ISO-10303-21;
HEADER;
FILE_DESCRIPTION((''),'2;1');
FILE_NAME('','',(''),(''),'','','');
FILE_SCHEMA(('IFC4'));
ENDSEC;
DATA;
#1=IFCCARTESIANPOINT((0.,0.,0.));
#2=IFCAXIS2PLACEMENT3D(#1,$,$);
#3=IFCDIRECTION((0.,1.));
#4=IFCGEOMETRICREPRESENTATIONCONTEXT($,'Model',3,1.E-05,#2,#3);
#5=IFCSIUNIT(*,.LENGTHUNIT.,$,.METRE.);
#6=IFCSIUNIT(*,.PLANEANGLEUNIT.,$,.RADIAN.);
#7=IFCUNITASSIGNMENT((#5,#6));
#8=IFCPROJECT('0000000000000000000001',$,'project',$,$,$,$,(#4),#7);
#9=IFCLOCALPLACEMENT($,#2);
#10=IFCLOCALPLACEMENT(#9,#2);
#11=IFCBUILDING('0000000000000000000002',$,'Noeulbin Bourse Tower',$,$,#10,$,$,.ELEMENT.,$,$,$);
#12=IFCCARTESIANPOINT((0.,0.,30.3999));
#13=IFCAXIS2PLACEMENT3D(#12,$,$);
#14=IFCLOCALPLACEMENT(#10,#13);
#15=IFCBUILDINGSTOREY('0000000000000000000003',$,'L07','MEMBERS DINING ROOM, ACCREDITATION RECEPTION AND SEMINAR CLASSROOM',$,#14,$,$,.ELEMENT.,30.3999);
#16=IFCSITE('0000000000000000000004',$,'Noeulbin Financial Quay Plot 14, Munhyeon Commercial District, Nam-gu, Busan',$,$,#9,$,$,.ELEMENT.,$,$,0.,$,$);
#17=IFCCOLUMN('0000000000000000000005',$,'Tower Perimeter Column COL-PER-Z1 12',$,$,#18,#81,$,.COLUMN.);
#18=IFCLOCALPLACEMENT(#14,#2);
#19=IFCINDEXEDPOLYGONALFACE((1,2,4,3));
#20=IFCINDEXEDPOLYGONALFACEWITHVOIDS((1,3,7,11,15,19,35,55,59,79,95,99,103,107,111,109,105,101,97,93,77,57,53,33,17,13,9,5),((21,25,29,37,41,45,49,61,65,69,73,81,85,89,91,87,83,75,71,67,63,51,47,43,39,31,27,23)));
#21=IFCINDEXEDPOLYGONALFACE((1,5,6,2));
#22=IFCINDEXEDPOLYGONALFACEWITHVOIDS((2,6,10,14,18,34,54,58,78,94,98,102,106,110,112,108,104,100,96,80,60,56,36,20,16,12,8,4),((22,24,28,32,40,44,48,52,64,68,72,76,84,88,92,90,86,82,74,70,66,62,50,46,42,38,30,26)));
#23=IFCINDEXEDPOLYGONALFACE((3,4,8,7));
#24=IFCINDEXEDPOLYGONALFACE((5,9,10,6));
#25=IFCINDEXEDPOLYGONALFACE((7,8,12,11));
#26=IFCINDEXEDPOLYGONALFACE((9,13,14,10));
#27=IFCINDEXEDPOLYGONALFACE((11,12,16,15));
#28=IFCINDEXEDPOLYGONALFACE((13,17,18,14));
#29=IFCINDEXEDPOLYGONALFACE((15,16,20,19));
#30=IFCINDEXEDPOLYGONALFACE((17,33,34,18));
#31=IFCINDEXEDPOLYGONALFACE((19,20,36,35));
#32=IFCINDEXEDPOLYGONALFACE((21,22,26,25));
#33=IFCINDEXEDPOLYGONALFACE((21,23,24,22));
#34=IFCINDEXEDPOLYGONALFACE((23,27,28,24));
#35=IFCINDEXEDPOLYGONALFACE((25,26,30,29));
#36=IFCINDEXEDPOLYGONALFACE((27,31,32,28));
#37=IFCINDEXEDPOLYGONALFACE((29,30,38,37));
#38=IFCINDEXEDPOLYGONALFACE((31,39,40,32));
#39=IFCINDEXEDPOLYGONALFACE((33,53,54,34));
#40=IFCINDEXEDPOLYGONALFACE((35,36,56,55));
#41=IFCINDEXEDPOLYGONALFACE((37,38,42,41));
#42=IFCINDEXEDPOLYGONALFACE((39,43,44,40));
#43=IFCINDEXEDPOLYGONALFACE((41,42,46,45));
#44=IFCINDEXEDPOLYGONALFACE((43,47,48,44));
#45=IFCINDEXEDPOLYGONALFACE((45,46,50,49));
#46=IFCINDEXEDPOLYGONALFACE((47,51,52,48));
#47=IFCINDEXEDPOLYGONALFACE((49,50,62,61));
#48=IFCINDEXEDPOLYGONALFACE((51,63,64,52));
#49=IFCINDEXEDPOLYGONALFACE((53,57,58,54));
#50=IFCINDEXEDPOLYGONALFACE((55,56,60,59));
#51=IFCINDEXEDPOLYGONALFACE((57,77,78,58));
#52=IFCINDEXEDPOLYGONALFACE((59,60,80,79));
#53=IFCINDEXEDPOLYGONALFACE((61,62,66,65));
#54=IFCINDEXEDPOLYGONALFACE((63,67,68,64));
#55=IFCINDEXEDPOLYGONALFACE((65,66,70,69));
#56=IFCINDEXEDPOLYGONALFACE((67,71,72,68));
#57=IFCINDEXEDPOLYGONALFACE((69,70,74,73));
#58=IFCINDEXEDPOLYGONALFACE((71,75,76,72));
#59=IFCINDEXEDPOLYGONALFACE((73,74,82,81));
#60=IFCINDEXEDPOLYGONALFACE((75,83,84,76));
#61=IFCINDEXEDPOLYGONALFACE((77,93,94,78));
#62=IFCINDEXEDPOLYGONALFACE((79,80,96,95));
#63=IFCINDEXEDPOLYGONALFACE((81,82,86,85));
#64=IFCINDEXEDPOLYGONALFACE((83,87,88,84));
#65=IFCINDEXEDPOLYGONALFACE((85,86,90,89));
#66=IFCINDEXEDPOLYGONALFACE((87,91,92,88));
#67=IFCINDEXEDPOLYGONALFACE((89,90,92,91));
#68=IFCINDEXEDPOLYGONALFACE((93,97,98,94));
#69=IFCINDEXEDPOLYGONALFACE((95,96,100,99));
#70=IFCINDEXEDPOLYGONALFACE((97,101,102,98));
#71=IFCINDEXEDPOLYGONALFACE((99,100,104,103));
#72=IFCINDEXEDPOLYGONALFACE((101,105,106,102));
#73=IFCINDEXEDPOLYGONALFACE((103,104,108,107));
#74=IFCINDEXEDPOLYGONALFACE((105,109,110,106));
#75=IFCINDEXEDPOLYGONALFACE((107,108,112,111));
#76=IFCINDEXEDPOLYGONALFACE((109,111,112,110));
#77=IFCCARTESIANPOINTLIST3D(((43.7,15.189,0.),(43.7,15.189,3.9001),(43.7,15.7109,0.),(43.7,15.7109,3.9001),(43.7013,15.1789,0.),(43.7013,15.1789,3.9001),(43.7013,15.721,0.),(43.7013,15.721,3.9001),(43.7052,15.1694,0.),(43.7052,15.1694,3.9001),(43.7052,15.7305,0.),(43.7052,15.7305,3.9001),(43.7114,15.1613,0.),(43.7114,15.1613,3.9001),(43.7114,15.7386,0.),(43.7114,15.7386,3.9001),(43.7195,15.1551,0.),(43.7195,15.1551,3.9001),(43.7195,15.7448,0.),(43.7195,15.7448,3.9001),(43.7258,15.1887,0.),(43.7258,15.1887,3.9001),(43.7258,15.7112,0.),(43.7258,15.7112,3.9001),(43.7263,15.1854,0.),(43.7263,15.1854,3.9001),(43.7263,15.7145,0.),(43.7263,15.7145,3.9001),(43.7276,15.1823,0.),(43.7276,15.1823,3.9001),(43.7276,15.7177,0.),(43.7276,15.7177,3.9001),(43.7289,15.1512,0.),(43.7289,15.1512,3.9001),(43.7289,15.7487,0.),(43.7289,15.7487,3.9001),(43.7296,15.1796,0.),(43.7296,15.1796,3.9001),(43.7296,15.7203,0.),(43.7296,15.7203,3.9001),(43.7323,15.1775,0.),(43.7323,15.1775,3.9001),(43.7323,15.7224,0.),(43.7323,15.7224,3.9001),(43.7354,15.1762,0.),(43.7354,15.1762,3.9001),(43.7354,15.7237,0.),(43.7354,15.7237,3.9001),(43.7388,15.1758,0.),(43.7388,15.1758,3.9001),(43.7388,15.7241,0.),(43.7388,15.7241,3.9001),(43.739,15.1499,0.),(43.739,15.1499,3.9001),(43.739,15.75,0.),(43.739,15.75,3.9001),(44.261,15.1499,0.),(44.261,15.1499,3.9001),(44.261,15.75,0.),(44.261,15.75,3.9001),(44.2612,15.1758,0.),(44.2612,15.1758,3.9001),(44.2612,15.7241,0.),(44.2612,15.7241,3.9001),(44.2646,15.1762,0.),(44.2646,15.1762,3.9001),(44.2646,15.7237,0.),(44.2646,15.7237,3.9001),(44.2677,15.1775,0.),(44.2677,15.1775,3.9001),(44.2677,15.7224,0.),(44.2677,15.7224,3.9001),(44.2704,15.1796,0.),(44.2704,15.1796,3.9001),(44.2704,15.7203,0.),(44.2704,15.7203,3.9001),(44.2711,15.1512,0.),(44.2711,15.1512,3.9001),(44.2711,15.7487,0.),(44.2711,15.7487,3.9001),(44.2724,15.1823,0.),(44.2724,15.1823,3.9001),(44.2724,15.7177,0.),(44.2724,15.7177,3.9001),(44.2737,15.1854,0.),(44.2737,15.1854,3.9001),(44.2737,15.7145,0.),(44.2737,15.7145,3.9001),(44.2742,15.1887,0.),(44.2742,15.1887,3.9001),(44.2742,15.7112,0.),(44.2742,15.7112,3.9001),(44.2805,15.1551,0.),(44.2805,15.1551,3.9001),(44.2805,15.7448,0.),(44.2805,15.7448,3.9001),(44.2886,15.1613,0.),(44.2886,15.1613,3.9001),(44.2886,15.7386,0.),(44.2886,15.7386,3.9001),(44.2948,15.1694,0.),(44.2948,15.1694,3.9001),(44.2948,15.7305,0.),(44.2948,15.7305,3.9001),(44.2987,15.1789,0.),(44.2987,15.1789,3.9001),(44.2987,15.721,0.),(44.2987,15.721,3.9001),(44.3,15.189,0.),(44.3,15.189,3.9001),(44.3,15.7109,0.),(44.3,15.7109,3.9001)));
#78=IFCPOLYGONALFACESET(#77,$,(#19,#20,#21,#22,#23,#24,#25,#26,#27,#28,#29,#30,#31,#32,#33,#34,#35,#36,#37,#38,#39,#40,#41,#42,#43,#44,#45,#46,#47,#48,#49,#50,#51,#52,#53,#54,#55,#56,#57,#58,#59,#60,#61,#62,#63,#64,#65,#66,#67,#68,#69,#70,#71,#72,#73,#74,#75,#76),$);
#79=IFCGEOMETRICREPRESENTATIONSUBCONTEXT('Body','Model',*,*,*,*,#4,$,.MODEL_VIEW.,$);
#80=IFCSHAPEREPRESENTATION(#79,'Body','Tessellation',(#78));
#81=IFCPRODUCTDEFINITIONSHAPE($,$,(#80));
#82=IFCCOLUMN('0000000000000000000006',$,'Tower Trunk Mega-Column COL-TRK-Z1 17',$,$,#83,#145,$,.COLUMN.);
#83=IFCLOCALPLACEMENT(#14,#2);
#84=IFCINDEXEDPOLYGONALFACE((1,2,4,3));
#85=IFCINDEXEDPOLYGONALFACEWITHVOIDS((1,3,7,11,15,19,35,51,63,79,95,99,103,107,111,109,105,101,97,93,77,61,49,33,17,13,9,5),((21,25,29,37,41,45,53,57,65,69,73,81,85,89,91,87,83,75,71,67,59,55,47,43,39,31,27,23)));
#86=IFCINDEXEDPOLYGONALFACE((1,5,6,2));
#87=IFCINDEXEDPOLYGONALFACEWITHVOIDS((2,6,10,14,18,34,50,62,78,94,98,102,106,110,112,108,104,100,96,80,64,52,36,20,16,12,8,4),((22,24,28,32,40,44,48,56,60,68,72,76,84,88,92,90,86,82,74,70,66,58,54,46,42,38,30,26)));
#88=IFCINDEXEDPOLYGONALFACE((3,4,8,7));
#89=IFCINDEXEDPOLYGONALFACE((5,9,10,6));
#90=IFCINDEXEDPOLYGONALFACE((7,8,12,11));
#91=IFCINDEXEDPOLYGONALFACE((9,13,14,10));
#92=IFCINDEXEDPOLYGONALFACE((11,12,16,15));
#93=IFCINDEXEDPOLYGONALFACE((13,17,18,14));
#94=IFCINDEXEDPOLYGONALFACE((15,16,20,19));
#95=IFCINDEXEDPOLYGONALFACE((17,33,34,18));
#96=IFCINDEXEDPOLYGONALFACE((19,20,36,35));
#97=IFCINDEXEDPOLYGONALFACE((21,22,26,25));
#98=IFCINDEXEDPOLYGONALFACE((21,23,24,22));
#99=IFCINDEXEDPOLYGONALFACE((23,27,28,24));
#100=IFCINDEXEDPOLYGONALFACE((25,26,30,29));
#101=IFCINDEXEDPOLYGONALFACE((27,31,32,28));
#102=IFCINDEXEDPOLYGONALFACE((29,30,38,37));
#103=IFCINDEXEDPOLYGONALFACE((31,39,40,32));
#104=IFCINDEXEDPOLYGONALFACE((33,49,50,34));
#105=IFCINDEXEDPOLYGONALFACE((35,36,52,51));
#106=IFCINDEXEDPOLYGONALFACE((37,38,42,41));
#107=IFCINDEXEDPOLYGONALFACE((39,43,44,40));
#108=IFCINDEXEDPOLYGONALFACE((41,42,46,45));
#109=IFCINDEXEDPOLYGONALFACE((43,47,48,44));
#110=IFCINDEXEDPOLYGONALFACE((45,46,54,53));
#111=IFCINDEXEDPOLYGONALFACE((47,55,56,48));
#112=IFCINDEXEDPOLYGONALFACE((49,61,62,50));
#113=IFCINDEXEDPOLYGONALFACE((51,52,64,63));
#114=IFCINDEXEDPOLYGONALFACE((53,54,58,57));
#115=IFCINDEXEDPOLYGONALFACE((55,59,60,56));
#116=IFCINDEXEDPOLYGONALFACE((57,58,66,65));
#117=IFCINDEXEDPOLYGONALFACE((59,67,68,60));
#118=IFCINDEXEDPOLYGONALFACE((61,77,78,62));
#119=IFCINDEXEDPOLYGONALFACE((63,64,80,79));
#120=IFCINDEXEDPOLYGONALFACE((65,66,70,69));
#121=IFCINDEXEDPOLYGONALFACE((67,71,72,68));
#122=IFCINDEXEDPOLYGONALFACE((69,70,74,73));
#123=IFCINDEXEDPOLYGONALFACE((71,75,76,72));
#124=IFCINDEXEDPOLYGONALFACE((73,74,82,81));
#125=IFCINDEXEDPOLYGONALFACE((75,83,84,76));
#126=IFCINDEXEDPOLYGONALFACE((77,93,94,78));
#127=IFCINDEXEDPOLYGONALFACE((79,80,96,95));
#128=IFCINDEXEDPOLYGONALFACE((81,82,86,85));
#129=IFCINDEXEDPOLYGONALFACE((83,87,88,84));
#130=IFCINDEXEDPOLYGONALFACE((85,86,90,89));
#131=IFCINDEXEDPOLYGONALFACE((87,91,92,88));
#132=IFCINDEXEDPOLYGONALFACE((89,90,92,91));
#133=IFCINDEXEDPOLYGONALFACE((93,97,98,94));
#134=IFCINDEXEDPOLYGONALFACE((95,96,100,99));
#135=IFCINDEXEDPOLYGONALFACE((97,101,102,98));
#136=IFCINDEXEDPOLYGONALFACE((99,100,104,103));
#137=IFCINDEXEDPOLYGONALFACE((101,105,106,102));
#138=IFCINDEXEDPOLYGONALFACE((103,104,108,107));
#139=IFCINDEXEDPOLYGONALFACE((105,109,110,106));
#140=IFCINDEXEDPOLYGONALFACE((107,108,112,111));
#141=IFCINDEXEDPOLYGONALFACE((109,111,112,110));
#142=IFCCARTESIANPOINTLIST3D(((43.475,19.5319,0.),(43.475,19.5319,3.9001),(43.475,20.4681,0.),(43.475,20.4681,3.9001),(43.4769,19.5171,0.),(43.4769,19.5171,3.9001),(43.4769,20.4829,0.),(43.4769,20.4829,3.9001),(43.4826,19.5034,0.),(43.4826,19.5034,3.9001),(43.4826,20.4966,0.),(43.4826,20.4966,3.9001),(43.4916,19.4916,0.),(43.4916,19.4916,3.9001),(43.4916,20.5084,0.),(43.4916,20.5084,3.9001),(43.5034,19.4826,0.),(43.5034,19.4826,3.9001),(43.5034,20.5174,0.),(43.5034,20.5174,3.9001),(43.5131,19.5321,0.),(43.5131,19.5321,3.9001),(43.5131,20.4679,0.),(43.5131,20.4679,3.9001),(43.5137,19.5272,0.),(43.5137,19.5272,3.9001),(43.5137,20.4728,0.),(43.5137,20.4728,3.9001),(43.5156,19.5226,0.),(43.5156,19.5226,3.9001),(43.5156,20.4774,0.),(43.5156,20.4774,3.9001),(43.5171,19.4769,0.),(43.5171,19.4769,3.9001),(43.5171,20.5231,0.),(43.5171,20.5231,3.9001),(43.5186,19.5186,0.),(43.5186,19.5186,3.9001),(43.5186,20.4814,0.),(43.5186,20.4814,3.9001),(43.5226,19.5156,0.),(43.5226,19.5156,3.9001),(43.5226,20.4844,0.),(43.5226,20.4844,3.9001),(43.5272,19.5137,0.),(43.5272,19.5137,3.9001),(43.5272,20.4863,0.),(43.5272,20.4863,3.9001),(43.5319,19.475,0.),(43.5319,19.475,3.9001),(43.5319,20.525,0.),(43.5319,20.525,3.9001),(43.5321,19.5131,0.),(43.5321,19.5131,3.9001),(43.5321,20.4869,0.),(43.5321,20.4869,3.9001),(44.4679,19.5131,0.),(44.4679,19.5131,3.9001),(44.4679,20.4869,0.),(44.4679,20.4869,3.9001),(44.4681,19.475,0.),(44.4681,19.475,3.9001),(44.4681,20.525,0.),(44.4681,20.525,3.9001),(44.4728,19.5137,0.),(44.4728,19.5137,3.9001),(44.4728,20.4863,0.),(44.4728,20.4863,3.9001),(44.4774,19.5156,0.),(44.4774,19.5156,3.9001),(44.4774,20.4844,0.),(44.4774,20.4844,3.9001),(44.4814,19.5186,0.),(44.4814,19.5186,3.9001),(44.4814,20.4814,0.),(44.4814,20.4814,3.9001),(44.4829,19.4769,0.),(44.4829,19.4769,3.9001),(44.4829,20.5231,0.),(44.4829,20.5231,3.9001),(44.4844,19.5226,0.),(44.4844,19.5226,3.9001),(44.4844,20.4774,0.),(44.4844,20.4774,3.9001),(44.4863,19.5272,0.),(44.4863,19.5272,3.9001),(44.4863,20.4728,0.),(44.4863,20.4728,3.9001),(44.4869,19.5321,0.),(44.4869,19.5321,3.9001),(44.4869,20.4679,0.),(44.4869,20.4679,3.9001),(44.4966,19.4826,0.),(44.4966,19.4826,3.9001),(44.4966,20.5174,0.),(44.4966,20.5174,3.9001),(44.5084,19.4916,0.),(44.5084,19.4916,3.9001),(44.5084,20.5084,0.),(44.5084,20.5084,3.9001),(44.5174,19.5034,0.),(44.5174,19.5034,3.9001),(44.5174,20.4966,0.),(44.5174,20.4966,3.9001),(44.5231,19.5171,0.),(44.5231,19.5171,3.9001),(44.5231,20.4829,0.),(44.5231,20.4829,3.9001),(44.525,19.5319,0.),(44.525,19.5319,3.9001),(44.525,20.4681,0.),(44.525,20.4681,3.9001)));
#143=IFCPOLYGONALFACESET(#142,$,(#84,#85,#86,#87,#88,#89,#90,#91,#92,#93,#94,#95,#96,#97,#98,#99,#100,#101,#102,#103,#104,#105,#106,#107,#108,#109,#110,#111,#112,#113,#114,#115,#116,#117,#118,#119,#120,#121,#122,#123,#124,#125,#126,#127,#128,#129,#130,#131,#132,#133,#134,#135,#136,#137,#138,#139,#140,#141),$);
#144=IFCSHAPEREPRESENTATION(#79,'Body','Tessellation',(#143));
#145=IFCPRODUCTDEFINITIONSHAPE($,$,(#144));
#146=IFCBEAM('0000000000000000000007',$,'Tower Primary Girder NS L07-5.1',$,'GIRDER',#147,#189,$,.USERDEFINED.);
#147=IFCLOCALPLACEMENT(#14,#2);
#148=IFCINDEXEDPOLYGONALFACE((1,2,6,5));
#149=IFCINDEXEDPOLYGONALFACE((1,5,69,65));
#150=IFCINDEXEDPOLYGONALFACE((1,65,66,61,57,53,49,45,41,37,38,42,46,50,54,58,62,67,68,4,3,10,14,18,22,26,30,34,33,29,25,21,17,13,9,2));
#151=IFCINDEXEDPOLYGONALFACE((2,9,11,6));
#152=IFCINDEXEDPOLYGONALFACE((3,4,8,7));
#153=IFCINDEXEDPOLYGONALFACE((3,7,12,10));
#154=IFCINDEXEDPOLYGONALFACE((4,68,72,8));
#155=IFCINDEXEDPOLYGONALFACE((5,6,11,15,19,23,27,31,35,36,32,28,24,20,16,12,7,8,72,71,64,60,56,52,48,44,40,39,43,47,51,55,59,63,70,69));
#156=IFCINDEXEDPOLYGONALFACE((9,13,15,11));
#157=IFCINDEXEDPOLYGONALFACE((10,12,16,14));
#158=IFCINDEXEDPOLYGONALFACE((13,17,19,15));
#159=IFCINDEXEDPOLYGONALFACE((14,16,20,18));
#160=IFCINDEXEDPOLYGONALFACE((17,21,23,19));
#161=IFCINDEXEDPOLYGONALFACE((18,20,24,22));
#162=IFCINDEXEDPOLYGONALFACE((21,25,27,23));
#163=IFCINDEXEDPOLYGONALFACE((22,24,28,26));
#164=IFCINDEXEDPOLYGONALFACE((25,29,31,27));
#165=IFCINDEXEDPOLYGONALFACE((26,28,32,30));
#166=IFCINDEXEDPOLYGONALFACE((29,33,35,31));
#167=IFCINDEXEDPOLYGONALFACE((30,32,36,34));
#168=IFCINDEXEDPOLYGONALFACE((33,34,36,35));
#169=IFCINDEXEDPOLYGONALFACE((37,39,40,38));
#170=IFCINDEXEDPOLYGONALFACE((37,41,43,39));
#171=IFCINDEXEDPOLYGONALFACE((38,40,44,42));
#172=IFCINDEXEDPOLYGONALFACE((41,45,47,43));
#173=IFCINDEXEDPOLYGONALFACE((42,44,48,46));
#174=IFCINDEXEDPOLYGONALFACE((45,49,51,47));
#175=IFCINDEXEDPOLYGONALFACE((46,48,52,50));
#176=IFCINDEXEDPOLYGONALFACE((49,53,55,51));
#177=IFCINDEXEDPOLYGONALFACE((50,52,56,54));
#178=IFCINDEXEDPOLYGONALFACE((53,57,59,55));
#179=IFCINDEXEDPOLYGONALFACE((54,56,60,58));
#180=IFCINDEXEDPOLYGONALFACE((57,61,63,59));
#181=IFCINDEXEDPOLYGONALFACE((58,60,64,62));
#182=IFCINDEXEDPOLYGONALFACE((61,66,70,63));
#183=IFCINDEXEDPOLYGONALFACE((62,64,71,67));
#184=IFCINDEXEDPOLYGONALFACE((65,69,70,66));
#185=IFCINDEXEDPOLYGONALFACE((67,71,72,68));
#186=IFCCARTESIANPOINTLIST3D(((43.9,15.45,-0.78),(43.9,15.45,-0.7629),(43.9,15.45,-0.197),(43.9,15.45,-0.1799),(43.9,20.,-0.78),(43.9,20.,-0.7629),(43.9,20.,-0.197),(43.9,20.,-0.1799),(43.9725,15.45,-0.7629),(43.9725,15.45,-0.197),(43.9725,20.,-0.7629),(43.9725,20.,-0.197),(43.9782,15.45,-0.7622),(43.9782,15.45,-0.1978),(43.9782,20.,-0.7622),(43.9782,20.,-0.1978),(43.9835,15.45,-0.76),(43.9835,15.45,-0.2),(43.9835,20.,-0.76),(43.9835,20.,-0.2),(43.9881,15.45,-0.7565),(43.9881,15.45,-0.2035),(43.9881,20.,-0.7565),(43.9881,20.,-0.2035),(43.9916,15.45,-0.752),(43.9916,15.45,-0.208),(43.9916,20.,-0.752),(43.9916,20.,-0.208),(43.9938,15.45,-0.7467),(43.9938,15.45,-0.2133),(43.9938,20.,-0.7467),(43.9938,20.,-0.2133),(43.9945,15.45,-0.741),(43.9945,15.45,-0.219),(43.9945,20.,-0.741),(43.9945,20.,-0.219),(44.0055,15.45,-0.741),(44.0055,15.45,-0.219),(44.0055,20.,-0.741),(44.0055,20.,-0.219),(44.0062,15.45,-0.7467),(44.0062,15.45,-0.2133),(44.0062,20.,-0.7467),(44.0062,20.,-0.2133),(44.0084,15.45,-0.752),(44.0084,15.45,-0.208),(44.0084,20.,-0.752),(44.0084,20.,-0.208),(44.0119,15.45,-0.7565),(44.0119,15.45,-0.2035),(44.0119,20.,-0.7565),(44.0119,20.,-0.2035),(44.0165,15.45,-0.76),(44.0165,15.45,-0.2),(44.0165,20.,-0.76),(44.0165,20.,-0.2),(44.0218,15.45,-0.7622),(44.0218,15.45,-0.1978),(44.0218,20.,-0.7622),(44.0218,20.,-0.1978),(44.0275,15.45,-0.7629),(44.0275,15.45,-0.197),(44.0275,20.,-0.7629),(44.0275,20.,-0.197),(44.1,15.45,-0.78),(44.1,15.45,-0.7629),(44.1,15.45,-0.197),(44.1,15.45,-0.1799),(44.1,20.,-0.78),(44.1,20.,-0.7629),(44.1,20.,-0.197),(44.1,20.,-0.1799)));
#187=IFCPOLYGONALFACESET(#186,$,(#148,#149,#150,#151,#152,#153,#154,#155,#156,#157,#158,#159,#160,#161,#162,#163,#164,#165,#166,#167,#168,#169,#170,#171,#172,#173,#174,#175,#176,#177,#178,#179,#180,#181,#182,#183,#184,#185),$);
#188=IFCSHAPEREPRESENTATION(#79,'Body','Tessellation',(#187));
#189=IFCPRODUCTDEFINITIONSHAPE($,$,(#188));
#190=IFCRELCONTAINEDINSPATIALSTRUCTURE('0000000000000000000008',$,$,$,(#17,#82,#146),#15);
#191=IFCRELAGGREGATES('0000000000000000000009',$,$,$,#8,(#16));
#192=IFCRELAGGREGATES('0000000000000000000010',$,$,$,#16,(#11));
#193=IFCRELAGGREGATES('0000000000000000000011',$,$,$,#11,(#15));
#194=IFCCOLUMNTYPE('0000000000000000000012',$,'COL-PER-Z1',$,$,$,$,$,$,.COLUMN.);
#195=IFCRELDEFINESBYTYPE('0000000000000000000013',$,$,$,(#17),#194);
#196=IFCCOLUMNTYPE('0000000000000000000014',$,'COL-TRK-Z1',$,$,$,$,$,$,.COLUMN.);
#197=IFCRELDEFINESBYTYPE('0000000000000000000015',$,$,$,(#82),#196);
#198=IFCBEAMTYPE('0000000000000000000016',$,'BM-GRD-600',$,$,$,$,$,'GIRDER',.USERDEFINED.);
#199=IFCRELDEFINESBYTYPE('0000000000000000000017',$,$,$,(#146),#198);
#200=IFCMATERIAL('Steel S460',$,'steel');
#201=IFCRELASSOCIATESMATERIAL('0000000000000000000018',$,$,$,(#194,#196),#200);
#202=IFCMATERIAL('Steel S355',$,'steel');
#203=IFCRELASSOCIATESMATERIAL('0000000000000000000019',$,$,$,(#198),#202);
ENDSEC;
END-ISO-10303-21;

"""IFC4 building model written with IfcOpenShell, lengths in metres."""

from ifc_helpers import new_model, si_unit, direction, frame, origin, origin_2d, place, context, subcontext, project, spatial, hollow_rectangle, i_section, extrude, material, material_profile, profile_set, type_object, element, save


model = new_model("IFC4")

# Units and contexts
model_context = context("Model", 3, precision=1e-05, world=origin(), true_north=direction((0.0, 1.0)))
body_context = subcontext(model_context, "Body", "Model", "MODEL_VIEW")
ifc_project = project(units=[si_unit("LENGTHUNIT", "METRE"), si_unit("PLANEANGLEUNIT", "RADIAN")], contexts=[model_context])

# Site, building, storey
site_placement = place(None, origin())
site = spatial("IfcSite", under=ifc_project, at=site_placement, Name="Noeulbin Financial Quay Plot 14, Munhyeon Commercial District, Nam-gu, Busan", CompositionType="ELEMENT", RefElevation=0.0)
building_placement = place(site_placement, origin())
building = spatial("IfcBuilding", under=site, at=building_placement, Name="Noeulbin Bourse Tower", CompositionType="ELEMENT")
storey_placement = place(building_placement, frame((0.0, 0.0, 30.3999)))
storey = spatial("IfcBuildingStorey", under=building, at=storey_placement, Name="L07", Description="MEMBERS DINING ROOM, ACCREDITATION RECEPTION AND SEMINAR CLASSROOM", CompositionType="ELEMENT", Elevation=30.3999)

# Columns
ifc_material_1 = material(Name="Steel S460", Category="steel")
ifc_material_profile_1 = material_profile(ifc_material_1, hollow_rectangle(XDim=0.6001, YDim=0.6001, WallThickness=0.0259, InnerFilletRadius=0.0129, OuterFilletRadius=0.0391, at=origin_2d()), Name="BOX-600x600x26", Category="LoadBearing")
ifc_profile_set_1 = profile_set([ifc_material_profile_1], Name="Steel S460")
column_type_1 = type_object("IfcColumnType", Name="COL-PER-Z1", PredefinedType="COLUMN", material=ifc_profile_set_1)
column_1_placement = place(storey_placement, frame((44.0, 15.45, 0.0), z_axis=(0.0, 0.0, 1.0), x_axis=(1.0, 0.0, 0.0)))
element("IfcColumn", 1, at=column_1_placement, inside=storey, type_object=column_type_1, Name="Tower Perimeter Column COL-PER-Z1 12", PredefinedType="COLUMN", context=body_context, shape_type="SweptSolid", body=[
    extrude(hollow_rectangle(XDim=0.6001, YDim=0.6001, WallThickness=0.0259, InnerFilletRadius=0.0129, OuterFilletRadius=0.0391, at=origin_2d()), origin(), (0.0, 0.0, 1.0), 3.9001),
])
ifc_material_profile_2 = material_profile(ifc_material_1, hollow_rectangle(XDim=1.05, YDim=1.05, WallThickness=0.0381, InnerFilletRadius=0.019, OuterFilletRadius=0.0569, at=origin_2d()), Name="BOX-1050x1050x38", Category="LoadBearing")
ifc_profile_set_2 = profile_set([ifc_material_profile_2], Name="Steel S460")
column_type_2 = type_object("IfcColumnType", Name="COL-TRK-Z1", PredefinedType="COLUMN", material=ifc_profile_set_2)
column_2_placement = place(storey_placement, frame((44.0, 20.0, 0.0), z_axis=(0.0, 0.0, 1.0), x_axis=(1.0, 0.0, 0.0)))
element("IfcColumn", 2, at=column_2_placement, inside=storey, type_object=column_type_2, Name="Tower Trunk Mega-Column COL-TRK-Z1 17", PredefinedType="COLUMN", context=body_context, shape_type="SweptSolid", body=[
    extrude(hollow_rectangle(XDim=1.05, YDim=1.05, WallThickness=0.0381, InnerFilletRadius=0.019, OuterFilletRadius=0.0569, at=origin_2d()), origin(), (0.0, 0.0, 1.0), 3.9001),
])

# Beam
ifc_material_2 = material(Name="Steel S355", Category="steel")
ifc_material_profile_3 = material_profile(ifc_material_2, i_section(OverallWidth=0.2, OverallDepth=0.6001, WebThickness=0.011, FlangeThickness=0.0171, FilletRadius=0.022, at=origin_2d()), Name="H-600x200x11x17", Category="LoadBearing")
ifc_profile_set_3 = profile_set([ifc_material_profile_3], Name="Steel S355")
beam_type_1 = type_object("IfcBeamType", Name="BM-GRD-600", ElementType="GIRDER", PredefinedType="USERDEFINED", material=ifc_profile_set_3)
beam_1_placement = place(storey_placement, frame((44.0, 15.45, -0.48), z_axis=(0.0, 1.0, 0.0), x_axis=(-1.0, 0.0, 0.0)))
element("IfcBeam", 3, at=beam_1_placement, inside=storey, type_object=beam_type_1, Name="Tower Primary Girder NS L07-5.1", ObjectType="GIRDER", PredefinedType="USERDEFINED", context=body_context, shape_type="SweptSolid", body=[
    extrude(i_section(OverallWidth=0.2, OverallDepth=0.6001, WebThickness=0.011, FlangeThickness=0.0171, FilletRadius=0.022, at=origin_2d()), origin(), (0.0, 0.0, 1.0), 4.55),
])

save(model, "model.ifc")
